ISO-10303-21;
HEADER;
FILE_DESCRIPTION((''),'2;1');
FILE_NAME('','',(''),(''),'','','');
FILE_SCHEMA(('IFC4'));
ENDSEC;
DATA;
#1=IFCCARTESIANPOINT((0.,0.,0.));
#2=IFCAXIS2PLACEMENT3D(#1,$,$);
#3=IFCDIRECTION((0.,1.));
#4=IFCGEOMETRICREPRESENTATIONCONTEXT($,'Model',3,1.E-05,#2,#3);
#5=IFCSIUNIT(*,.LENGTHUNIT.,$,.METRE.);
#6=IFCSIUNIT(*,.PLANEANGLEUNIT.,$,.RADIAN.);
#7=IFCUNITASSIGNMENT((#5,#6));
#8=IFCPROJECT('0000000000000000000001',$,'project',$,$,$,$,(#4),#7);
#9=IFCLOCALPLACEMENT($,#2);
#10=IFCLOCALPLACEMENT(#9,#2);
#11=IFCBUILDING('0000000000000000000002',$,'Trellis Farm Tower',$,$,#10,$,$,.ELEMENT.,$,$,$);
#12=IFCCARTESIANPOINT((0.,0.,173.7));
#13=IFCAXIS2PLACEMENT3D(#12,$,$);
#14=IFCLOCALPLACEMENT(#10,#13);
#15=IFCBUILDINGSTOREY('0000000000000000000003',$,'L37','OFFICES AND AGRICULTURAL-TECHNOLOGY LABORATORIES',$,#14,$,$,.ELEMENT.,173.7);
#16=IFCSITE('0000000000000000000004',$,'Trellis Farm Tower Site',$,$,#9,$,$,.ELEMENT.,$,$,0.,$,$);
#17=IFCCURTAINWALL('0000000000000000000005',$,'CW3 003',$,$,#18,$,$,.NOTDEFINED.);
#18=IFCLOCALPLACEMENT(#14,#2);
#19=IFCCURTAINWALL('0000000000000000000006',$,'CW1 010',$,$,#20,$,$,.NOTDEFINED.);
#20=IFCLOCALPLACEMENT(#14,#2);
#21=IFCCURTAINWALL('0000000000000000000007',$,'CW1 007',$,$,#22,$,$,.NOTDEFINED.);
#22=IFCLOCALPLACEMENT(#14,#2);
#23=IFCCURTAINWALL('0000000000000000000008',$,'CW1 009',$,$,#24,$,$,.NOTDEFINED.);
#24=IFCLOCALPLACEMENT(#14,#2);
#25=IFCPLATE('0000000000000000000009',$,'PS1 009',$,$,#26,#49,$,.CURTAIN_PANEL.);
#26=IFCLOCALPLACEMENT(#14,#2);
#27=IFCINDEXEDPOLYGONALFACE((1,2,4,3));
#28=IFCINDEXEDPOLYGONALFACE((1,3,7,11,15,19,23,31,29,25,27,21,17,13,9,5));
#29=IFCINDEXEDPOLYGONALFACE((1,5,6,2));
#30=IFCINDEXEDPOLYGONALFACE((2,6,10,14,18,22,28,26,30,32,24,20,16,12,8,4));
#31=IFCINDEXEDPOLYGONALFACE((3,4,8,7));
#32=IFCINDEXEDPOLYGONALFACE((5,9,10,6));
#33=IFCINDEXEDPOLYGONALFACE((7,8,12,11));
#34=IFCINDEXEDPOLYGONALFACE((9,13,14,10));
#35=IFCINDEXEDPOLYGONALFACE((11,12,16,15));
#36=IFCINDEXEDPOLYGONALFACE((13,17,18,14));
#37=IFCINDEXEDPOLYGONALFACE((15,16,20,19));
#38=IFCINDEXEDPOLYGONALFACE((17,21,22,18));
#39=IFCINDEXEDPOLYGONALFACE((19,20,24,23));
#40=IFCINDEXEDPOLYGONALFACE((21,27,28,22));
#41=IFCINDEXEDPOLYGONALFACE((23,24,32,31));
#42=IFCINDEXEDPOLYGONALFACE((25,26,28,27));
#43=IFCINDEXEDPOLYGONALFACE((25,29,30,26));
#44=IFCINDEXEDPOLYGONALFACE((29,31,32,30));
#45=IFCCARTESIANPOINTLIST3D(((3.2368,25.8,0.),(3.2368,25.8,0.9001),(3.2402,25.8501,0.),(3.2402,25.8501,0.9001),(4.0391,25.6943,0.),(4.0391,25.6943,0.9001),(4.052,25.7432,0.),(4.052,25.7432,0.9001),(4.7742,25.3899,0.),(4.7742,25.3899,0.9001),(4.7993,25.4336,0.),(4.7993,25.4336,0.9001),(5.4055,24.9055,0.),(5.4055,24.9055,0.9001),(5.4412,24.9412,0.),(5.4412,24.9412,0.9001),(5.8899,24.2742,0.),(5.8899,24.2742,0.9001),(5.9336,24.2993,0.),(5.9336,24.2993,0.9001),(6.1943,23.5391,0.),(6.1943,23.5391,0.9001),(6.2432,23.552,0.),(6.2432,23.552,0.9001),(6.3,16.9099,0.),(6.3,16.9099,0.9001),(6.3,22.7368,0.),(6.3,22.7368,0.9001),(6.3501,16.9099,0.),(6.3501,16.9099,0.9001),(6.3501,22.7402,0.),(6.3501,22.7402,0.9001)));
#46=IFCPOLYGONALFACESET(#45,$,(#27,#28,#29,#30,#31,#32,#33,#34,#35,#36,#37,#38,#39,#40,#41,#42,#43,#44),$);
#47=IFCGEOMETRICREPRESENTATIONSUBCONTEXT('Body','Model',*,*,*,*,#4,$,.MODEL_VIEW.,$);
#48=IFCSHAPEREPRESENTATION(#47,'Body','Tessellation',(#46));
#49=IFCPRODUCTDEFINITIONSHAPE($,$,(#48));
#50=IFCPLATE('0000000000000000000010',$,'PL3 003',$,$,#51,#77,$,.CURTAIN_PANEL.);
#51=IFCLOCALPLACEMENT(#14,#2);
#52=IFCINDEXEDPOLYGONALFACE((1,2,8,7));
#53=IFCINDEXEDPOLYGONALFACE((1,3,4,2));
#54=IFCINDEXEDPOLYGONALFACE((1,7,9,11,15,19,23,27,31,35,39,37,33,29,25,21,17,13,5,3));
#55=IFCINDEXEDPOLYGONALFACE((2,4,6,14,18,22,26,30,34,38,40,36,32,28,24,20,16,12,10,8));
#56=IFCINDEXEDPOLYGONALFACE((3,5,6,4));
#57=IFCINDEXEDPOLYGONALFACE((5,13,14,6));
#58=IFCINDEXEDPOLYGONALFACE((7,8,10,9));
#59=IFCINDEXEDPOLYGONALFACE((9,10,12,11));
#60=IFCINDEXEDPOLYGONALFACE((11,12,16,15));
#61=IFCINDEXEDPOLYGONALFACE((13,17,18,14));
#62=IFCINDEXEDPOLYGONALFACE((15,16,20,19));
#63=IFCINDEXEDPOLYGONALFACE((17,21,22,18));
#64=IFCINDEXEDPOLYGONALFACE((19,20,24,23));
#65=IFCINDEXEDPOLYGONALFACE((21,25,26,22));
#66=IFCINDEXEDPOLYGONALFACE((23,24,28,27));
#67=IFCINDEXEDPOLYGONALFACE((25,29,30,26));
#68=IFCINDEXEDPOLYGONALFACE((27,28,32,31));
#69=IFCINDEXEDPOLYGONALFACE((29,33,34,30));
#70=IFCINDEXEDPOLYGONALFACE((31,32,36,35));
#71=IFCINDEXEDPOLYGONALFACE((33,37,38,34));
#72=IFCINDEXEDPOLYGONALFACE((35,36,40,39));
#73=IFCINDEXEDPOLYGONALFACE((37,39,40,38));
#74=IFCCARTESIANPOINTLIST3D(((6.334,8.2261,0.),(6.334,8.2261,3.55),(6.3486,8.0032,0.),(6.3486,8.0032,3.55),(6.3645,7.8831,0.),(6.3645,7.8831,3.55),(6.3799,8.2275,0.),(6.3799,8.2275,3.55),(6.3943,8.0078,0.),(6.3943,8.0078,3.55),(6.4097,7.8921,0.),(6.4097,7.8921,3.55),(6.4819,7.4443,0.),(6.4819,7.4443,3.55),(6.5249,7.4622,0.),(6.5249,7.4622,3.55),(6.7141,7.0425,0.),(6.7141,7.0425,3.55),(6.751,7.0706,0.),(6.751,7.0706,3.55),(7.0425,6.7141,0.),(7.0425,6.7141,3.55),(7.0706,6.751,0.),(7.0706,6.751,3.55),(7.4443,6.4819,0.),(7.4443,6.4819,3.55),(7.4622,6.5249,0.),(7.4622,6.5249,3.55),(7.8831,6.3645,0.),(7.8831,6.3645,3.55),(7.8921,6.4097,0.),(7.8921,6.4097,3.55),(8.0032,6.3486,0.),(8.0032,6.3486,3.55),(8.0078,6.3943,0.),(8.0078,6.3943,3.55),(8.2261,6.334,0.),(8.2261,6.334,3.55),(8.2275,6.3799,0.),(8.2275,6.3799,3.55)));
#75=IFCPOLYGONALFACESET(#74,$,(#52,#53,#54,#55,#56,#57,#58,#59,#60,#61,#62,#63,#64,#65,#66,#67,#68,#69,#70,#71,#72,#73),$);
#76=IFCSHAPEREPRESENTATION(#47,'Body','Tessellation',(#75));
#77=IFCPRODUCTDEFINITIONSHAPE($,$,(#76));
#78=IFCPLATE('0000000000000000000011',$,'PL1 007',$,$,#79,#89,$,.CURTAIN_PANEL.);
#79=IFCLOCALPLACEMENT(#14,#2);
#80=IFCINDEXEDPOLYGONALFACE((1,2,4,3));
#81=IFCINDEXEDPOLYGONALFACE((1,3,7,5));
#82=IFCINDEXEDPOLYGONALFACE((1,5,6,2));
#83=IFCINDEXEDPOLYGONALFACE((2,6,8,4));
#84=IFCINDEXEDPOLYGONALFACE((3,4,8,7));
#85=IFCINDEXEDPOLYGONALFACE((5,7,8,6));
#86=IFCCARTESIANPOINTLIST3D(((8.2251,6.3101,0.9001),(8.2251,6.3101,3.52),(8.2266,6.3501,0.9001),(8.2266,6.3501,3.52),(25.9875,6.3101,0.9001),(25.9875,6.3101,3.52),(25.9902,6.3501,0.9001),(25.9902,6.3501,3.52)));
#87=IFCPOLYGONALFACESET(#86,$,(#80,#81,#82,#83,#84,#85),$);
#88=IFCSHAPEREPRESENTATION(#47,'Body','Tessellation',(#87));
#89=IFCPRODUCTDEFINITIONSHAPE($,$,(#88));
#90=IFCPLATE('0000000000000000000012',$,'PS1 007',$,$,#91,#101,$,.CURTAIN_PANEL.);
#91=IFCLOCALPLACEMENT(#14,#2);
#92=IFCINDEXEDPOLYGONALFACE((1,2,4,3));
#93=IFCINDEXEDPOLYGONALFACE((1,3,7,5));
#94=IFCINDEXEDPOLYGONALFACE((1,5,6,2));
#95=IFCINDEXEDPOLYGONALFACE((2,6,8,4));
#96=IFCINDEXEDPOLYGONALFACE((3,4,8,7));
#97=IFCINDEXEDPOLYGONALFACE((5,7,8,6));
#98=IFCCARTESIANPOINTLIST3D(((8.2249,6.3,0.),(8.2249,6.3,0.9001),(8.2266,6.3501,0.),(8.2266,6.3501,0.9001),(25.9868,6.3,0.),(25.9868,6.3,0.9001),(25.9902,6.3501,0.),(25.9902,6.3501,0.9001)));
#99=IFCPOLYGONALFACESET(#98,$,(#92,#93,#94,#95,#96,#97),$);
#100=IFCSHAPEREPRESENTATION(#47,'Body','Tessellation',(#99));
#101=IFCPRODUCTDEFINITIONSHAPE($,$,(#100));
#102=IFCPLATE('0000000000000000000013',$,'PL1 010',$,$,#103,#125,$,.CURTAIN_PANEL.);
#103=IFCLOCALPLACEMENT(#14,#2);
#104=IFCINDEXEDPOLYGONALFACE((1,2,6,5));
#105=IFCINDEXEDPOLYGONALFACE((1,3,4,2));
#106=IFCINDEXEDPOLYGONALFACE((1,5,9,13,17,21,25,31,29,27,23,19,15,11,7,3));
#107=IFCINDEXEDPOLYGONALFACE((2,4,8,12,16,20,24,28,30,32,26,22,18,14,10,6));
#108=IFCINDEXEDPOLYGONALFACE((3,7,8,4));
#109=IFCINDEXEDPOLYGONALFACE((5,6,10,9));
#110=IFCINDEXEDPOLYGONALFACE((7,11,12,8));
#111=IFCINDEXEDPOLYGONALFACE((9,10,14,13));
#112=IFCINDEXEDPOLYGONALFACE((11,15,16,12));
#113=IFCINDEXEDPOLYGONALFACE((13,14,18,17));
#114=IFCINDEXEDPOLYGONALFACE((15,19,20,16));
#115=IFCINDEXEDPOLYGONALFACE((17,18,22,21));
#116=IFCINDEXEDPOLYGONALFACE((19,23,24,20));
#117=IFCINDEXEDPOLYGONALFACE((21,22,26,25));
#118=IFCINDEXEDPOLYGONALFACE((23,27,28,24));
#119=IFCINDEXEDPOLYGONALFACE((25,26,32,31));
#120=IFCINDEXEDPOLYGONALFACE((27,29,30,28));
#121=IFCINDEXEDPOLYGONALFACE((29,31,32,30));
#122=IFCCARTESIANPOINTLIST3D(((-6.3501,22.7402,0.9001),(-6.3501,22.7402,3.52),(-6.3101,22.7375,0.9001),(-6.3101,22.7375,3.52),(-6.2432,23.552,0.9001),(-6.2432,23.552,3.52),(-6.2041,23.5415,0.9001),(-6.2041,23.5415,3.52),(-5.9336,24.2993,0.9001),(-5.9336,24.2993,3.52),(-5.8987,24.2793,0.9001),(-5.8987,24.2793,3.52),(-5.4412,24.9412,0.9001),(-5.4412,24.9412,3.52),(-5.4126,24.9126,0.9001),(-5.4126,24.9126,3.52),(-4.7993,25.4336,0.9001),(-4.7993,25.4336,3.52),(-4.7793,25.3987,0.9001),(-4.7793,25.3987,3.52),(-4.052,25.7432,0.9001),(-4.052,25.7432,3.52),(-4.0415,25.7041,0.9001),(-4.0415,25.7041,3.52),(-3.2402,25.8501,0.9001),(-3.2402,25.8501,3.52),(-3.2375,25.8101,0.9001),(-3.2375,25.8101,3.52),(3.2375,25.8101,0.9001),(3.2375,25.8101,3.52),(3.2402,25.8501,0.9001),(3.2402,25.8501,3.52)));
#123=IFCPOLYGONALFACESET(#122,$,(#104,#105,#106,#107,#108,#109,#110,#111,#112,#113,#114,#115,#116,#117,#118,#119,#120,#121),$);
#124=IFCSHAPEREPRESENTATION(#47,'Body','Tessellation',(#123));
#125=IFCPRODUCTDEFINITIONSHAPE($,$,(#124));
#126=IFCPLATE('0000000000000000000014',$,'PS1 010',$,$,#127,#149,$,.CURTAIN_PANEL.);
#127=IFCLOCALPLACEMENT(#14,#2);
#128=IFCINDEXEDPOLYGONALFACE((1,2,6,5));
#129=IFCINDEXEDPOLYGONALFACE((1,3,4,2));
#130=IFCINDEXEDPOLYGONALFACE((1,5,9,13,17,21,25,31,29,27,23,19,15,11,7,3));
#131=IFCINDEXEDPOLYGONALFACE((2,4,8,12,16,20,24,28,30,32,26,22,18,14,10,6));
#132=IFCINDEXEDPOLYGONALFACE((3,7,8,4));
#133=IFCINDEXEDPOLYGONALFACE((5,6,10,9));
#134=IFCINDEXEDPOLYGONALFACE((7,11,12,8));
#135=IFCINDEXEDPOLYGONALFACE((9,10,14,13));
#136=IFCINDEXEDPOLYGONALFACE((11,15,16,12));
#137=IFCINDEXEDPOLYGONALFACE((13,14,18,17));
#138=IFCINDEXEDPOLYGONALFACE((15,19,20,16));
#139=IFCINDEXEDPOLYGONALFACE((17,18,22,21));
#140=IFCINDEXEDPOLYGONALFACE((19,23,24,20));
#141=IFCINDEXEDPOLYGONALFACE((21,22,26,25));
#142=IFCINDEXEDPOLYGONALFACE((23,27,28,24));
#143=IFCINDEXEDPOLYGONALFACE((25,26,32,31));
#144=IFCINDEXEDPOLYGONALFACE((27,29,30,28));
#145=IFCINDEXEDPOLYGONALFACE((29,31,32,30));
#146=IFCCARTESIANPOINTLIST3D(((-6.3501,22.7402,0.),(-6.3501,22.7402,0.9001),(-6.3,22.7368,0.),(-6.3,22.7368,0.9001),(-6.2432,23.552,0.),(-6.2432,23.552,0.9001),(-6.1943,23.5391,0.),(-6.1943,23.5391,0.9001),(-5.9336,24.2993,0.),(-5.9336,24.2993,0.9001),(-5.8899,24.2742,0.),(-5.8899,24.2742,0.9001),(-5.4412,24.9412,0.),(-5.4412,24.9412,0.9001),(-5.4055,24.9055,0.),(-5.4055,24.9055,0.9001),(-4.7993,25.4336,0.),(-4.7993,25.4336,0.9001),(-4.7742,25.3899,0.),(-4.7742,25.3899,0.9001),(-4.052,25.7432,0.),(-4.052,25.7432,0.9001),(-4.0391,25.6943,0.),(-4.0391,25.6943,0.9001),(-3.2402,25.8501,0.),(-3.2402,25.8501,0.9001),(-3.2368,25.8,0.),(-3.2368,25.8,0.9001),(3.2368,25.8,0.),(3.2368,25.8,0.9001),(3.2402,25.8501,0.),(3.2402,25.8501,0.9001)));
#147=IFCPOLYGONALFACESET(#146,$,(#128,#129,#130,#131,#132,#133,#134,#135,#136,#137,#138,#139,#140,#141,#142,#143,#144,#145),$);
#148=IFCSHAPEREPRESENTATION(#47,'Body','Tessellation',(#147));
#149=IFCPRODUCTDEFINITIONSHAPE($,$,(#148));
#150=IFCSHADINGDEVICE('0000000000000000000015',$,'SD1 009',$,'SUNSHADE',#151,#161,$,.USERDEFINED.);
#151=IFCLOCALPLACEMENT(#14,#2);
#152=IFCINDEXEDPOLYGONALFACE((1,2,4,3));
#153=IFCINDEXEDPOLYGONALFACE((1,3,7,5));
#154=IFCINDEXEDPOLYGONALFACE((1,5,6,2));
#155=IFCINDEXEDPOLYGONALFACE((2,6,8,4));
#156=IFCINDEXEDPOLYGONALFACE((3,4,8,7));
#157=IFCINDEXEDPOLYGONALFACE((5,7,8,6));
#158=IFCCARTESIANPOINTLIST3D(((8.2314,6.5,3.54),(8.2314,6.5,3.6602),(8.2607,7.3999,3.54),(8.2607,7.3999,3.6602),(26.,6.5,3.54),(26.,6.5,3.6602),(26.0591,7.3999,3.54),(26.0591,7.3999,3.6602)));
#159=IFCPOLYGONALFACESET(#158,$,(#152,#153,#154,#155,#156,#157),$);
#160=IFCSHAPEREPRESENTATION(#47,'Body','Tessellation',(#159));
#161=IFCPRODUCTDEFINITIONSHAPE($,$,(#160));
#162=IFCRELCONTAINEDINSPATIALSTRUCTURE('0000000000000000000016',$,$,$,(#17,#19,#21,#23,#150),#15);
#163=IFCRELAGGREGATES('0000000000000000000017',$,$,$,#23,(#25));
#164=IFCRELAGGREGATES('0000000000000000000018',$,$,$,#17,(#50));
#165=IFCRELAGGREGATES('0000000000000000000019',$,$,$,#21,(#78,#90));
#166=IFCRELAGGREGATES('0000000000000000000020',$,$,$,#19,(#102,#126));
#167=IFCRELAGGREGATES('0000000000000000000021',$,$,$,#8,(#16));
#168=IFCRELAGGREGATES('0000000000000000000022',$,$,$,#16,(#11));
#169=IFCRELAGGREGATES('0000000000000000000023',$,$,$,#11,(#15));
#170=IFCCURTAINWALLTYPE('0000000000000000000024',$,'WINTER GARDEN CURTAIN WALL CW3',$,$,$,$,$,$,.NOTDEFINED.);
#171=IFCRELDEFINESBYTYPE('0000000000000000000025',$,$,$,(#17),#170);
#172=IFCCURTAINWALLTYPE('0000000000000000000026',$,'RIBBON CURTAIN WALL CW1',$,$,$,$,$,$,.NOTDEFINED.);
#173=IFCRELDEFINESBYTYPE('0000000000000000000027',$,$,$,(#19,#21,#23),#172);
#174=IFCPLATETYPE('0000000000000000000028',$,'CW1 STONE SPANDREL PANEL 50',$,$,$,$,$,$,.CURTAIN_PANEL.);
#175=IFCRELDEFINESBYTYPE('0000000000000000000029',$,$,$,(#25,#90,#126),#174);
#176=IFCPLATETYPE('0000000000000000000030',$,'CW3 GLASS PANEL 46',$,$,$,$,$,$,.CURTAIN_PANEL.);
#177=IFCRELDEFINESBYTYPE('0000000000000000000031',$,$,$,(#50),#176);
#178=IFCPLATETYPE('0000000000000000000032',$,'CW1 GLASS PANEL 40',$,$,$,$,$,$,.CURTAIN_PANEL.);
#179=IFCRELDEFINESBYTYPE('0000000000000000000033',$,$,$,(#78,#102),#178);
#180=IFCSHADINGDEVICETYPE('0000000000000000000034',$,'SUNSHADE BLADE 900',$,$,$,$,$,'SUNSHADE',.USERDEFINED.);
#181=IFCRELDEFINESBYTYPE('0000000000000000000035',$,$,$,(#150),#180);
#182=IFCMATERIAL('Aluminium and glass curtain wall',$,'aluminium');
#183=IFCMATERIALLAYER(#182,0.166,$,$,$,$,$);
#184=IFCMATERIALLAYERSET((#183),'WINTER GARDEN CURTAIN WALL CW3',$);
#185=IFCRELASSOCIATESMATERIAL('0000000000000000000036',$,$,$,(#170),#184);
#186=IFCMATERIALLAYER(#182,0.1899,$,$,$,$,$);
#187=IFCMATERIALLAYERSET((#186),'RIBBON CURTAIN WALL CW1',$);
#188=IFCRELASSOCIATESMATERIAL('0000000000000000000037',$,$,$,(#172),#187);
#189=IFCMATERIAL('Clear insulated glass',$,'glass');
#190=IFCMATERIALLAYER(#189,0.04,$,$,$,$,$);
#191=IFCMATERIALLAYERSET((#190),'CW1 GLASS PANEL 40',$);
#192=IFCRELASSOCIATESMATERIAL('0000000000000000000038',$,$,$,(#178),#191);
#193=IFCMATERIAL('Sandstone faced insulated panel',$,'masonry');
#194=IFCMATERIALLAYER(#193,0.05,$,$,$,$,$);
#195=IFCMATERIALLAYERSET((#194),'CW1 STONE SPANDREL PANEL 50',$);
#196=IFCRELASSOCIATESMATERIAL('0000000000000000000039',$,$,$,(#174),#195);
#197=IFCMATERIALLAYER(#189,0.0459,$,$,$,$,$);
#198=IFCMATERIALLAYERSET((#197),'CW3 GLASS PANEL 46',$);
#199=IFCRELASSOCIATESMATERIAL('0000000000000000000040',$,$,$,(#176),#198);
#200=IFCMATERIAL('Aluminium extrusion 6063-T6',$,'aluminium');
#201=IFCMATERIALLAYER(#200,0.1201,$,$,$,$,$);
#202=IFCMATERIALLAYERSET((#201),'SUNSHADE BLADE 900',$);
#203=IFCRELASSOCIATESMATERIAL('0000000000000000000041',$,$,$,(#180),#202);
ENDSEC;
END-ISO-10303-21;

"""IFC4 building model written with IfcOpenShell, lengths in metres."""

from ifc_helpers import new_model, si_unit, direction, frame, origin, place, context, subcontext, project, spatial, polyline, outline, extrude, source, transform, mapped, material, layer, layer_set, type_object, element, aggregate, save


model = new_model("IFC4")

# Units and contexts
model_context = context("Model", 3, precision=1e-05, world=origin(), true_north=direction((0.0, 1.0)))
body_context = subcontext(model_context, "Body", "Model", "MODEL_VIEW")
ifc_project = project(units=[si_unit("LENGTHUNIT", "METRE"), si_unit("PLANEANGLEUNIT", "RADIAN")], contexts=[model_context])

# Site, building, storey
site_placement = place(None, origin())
site = spatial("IfcSite", under=ifc_project, at=site_placement, Name="Trellis Farm Tower Site", CompositionType="ELEMENT", RefElevation=0.0)
building_placement = place(site_placement, origin())
building = spatial("IfcBuilding", under=site, at=building_placement, Name="Trellis Farm Tower", CompositionType="ELEMENT")
storey_placement = place(building_placement, frame((0.0, 0.0, 173.7)))
storey = spatial("IfcBuildingStorey", under=building, at=storey_placement, Name="L37", Description="OFFICES AND AGRICULTURAL-TECHNOLOGY LABORATORIES", CompositionType="ELEMENT", Elevation=173.7)

# Curtain walls
ifc_material_1 = material(Name="Aluminium and glass curtain wall", Category="aluminium")
ifc_layer_1 = layer(ifc_material_1, 0.166)
ifc_layer_set_1 = layer_set([ifc_layer_1], Name="WINTER GARDEN CURTAIN WALL CW3")
curtain_wall_type_1 = type_object("IfcCurtainWallType", Name="WINTER GARDEN CURTAIN WALL CW3", PredefinedType="NOTDEFINED", material=ifc_layer_set_1)
placement_1 = place(storey_placement, origin())
curtain_wall_1 = element("IfcCurtainWall", 1, at=placement_1, inside=storey, type_object=curtain_wall_type_1, Name="CW3 003", PredefinedType="NOTDEFINED")
ifc_material_2 = material(Name="Aluminium extrusion 6063-T6", Category="aluminium")
ifc_layer_2 = layer(ifc_material_1, 0.1899)
ifc_layer_set_2 = layer_set([ifc_layer_2], Name="RIBBON CURTAIN WALL CW1")
curtain_wall_type_2 = type_object("IfcCurtainWallType", Name="RIBBON CURTAIN WALL CW1", PredefinedType="NOTDEFINED", material=ifc_layer_set_2)
curtain_wall_2 = element("IfcCurtainWall", 2, at=placement_1, inside=storey, type_object=curtain_wall_type_2, Name="CW1 010", PredefinedType="NOTDEFINED")
curtain_wall_3 = element("IfcCurtainWall", 3, at=placement_1, inside=storey, type_object=curtain_wall_type_2, Name="CW1 007", PredefinedType="NOTDEFINED")
curtain_wall_4 = element("IfcCurtainWall", 4, at=placement_1, inside=storey, type_object=curtain_wall_type_2, Name="CW1 009", PredefinedType="NOTDEFINED")

# Plates
ifc_material_3 = material(Name="Clear insulated glass", Category="glass")
ifc_layer_3 = layer(ifc_material_3, 0.04)
ifc_layer_set_3 = layer_set([ifc_layer_3], Name="CW1 GLASS PANEL 40")
plate_type_1 = type_object("IfcPlateType", Name="CW1 GLASS PANEL 40", PredefinedType="CURTAIN_PANEL", material=ifc_layer_set_3)
placement_2 = place(storey_placement, frame((0.0, 0.0, 0.9001)))
ifc_material_4 = material(Name="Sandstone faced insulated panel", Category="masonry")
ifc_layer_4 = layer(ifc_material_4, 0.05)
ifc_layer_set_4 = layer_set([ifc_layer_4], Name="CW1 STONE SPANDREL PANEL 50")
plate_type_2 = type_object("IfcPlateType", Name="CW1 STONE SPANDREL PANEL 50", PredefinedType="CURTAIN_PANEL", material=ifc_layer_set_4)
plate_1 = element("IfcPlate", 5, at=placement_1, type_object=plate_type_2, Name="PS1 009", PredefinedType="CURTAIN_PANEL", context=body_context, shape_type="SweptSolid", body=[
    extrude(outline(polyline([(6.3501, 16.9099), (6.3501, 22.7402), (6.2432, 23.552), (5.9336, 24.2993), (5.4412, 24.9412), (4.7993, 25.4336), (4.052, 25.7432), (3.2402, 25.8501), (3.2368, 25.8), (4.0391, 25.6943), (4.7742, 25.3899), (5.4055, 24.9055), (5.8899, 24.2742), (6.1943, 23.5391), (6.3, 22.7368), (6.3, 16.9099), (6.3501, 16.9099)])), origin(), (0.0, 0.0, 1.0), 0.9001),
])
aggregate(curtain_wall_4, [plate_1])
ifc_layer_5 = layer(ifc_material_3, 0.0459)
ifc_layer_set_5 = layer_set([ifc_layer_5], Name="CW3 GLASS PANEL 46")
plate_type_3 = type_object("IfcPlateType", Name="CW3 GLASS PANEL 46", PredefinedType="CURTAIN_PANEL", material=ifc_layer_set_5)
shared_shape_1 = source(origin(), body_context, "Body", "SweptSolid", [
    extrude(outline(polyline([(8.2275, 6.3799), (8.0078, 6.3943), (7.8921, 6.4097), (7.4622, 6.5249), (7.0706, 6.751), (6.751, 7.0706), (6.5249, 7.4622), (6.4097, 7.8921), (6.3943, 8.0078), (6.3799, 8.2275), (6.334, 8.2261), (6.3486, 8.0032), (6.3645, 7.8831), (6.4819, 7.4443), (6.7141, 7.0425), (7.0425, 6.7141), (7.4443, 6.4819), (7.8831, 6.3645), (8.0032, 6.3486), (8.2261, 6.334), (8.2275, 6.3799)])), origin(), (0.0, 0.0, 1.0), 3.55),
])
plate_2 = element("IfcPlate", 6, at=placement_1, type_object=plate_type_3, Name="PL3 003", PredefinedType="CURTAIN_PANEL", context=body_context, shape_type="MappedRepresentation", body=[
    mapped(shared_shape_1, transform((0.0, 0.0, 0.0))),
])
aggregate(curtain_wall_1, [plate_2])
shared_shape_2 = source(origin(), body_context, "Body", "SweptSolid", [
    extrude(outline(polyline([(25.9902, 6.3501), (8.2266, 6.3501), (8.2251, 6.3101), (25.9875, 6.3101), (25.9902, 6.3501)])), origin(), (0.0, 0.0, 1.0), 2.6199),
])
plate_3 = element("IfcPlate", 7, at=placement_2, type_object=plate_type_1, Name="PL1 007", PredefinedType="CURTAIN_PANEL", context=body_context, shape_type="MappedRepresentation", body=[
    mapped(shared_shape_2, transform((0.0, 0.0, 0.0))),
])
shared_shape_3 = source(origin(), body_context, "Body", "SweptSolid", [
    extrude(outline(polyline([(25.9902, 6.3501), (8.2266, 6.3501), (8.2249, 6.3), (25.9868, 6.3), (25.9902, 6.3501)])), origin(), (0.0, 0.0, 1.0), 0.9001),
])
plate_4 = element("IfcPlate", 8, at=placement_1, type_object=plate_type_2, Name="PS1 007", PredefinedType="CURTAIN_PANEL", context=body_context, shape_type="MappedRepresentation", body=[
    mapped(shared_shape_3, transform((0.0, 0.0, 0.0))),
])
aggregate(curtain_wall_3, [plate_3, plate_4])
shared_shape_4 = source(origin(), body_context, "Body", "SweptSolid", [
    extrude(outline(polyline([(3.2402, 25.8501), (-3.2402, 25.8501), (-4.052, 25.7432), (-4.7993, 25.4336), (-5.4412, 24.9412), (-5.9336, 24.2993), (-6.2432, 23.552), (-6.3501, 22.7402), (-6.3101, 22.7375), (-6.2041, 23.5415), (-5.8987, 24.2793), (-5.4126, 24.9126), (-4.7793, 25.3987), (-4.0415, 25.7041), (-3.2375, 25.8101), (3.2375, 25.8101), (3.2402, 25.8501)])), origin(), (0.0, 0.0, 1.0), 2.6199),
])
plate_5 = element("IfcPlate", 9, at=placement_2, type_object=plate_type_1, Name="PL1 010", PredefinedType="CURTAIN_PANEL", context=body_context, shape_type="MappedRepresentation", body=[
    mapped(shared_shape_4, transform((0.0, 0.0, 0.0))),
])
shared_shape_5 = source(origin(), body_context, "Body", "SweptSolid", [
    extrude(outline(polyline([(3.2402, 25.8501), (-3.2402, 25.8501), (-4.052, 25.7432), (-4.7993, 25.4336), (-5.4412, 24.9412), (-5.9336, 24.2993), (-6.2432, 23.552), (-6.3501, 22.7402), (-6.3, 22.7368), (-6.1943, 23.5391), (-5.8899, 24.2742), (-5.4055, 24.9055), (-4.7742, 25.3899), (-4.0391, 25.6943), (-3.2368, 25.8), (3.2368, 25.8), (3.2402, 25.8501)])), origin(), (0.0, 0.0, 1.0), 0.9001),
])
plate_6 = element("IfcPlate", 10, at=placement_1, type_object=plate_type_2, Name="PS1 010", PredefinedType="CURTAIN_PANEL", context=body_context, shape_type="MappedRepresentation", body=[
    mapped(shared_shape_5, transform((0.0, 0.0, 0.0))),
])
aggregate(curtain_wall_2, [plate_5, plate_6])

# Shading device
ifc_layer_6 = layer(ifc_material_2, 0.1201)
ifc_layer_set_6 = layer_set([ifc_layer_6], Name="SUNSHADE BLADE 900")
shading_device_type_1 = type_object("IfcShadingDeviceType", Name="SUNSHADE BLADE 900", ElementType="SUNSHADE", PredefinedType="USERDEFINED", material=ifc_layer_set_6)
shared_shape_6 = source(origin(), body_context, "Body", "SweptSolid", [
    extrude(outline(polyline([(26.0591, 7.3999), (8.2607, 7.3999), (8.2314, 6.5), (26.0, 6.5), (26.0591, 7.3999)])), origin(), (0.0, 0.0, 1.0), 0.1201),
])
placement_3 = place(storey_placement, frame((0.0, 0.0, 3.54)))
element("IfcShadingDevice", 11, at=placement_3, inside=storey, type_object=shading_device_type_1, Name="SD1 009", ObjectType="SUNSHADE", PredefinedType="USERDEFINED", context=body_context, shape_type="MappedRepresentation", body=[
    mapped(shared_shape_6, transform((0.0, 0.0, 0.0))),
])

save(model, "model.ifc")
